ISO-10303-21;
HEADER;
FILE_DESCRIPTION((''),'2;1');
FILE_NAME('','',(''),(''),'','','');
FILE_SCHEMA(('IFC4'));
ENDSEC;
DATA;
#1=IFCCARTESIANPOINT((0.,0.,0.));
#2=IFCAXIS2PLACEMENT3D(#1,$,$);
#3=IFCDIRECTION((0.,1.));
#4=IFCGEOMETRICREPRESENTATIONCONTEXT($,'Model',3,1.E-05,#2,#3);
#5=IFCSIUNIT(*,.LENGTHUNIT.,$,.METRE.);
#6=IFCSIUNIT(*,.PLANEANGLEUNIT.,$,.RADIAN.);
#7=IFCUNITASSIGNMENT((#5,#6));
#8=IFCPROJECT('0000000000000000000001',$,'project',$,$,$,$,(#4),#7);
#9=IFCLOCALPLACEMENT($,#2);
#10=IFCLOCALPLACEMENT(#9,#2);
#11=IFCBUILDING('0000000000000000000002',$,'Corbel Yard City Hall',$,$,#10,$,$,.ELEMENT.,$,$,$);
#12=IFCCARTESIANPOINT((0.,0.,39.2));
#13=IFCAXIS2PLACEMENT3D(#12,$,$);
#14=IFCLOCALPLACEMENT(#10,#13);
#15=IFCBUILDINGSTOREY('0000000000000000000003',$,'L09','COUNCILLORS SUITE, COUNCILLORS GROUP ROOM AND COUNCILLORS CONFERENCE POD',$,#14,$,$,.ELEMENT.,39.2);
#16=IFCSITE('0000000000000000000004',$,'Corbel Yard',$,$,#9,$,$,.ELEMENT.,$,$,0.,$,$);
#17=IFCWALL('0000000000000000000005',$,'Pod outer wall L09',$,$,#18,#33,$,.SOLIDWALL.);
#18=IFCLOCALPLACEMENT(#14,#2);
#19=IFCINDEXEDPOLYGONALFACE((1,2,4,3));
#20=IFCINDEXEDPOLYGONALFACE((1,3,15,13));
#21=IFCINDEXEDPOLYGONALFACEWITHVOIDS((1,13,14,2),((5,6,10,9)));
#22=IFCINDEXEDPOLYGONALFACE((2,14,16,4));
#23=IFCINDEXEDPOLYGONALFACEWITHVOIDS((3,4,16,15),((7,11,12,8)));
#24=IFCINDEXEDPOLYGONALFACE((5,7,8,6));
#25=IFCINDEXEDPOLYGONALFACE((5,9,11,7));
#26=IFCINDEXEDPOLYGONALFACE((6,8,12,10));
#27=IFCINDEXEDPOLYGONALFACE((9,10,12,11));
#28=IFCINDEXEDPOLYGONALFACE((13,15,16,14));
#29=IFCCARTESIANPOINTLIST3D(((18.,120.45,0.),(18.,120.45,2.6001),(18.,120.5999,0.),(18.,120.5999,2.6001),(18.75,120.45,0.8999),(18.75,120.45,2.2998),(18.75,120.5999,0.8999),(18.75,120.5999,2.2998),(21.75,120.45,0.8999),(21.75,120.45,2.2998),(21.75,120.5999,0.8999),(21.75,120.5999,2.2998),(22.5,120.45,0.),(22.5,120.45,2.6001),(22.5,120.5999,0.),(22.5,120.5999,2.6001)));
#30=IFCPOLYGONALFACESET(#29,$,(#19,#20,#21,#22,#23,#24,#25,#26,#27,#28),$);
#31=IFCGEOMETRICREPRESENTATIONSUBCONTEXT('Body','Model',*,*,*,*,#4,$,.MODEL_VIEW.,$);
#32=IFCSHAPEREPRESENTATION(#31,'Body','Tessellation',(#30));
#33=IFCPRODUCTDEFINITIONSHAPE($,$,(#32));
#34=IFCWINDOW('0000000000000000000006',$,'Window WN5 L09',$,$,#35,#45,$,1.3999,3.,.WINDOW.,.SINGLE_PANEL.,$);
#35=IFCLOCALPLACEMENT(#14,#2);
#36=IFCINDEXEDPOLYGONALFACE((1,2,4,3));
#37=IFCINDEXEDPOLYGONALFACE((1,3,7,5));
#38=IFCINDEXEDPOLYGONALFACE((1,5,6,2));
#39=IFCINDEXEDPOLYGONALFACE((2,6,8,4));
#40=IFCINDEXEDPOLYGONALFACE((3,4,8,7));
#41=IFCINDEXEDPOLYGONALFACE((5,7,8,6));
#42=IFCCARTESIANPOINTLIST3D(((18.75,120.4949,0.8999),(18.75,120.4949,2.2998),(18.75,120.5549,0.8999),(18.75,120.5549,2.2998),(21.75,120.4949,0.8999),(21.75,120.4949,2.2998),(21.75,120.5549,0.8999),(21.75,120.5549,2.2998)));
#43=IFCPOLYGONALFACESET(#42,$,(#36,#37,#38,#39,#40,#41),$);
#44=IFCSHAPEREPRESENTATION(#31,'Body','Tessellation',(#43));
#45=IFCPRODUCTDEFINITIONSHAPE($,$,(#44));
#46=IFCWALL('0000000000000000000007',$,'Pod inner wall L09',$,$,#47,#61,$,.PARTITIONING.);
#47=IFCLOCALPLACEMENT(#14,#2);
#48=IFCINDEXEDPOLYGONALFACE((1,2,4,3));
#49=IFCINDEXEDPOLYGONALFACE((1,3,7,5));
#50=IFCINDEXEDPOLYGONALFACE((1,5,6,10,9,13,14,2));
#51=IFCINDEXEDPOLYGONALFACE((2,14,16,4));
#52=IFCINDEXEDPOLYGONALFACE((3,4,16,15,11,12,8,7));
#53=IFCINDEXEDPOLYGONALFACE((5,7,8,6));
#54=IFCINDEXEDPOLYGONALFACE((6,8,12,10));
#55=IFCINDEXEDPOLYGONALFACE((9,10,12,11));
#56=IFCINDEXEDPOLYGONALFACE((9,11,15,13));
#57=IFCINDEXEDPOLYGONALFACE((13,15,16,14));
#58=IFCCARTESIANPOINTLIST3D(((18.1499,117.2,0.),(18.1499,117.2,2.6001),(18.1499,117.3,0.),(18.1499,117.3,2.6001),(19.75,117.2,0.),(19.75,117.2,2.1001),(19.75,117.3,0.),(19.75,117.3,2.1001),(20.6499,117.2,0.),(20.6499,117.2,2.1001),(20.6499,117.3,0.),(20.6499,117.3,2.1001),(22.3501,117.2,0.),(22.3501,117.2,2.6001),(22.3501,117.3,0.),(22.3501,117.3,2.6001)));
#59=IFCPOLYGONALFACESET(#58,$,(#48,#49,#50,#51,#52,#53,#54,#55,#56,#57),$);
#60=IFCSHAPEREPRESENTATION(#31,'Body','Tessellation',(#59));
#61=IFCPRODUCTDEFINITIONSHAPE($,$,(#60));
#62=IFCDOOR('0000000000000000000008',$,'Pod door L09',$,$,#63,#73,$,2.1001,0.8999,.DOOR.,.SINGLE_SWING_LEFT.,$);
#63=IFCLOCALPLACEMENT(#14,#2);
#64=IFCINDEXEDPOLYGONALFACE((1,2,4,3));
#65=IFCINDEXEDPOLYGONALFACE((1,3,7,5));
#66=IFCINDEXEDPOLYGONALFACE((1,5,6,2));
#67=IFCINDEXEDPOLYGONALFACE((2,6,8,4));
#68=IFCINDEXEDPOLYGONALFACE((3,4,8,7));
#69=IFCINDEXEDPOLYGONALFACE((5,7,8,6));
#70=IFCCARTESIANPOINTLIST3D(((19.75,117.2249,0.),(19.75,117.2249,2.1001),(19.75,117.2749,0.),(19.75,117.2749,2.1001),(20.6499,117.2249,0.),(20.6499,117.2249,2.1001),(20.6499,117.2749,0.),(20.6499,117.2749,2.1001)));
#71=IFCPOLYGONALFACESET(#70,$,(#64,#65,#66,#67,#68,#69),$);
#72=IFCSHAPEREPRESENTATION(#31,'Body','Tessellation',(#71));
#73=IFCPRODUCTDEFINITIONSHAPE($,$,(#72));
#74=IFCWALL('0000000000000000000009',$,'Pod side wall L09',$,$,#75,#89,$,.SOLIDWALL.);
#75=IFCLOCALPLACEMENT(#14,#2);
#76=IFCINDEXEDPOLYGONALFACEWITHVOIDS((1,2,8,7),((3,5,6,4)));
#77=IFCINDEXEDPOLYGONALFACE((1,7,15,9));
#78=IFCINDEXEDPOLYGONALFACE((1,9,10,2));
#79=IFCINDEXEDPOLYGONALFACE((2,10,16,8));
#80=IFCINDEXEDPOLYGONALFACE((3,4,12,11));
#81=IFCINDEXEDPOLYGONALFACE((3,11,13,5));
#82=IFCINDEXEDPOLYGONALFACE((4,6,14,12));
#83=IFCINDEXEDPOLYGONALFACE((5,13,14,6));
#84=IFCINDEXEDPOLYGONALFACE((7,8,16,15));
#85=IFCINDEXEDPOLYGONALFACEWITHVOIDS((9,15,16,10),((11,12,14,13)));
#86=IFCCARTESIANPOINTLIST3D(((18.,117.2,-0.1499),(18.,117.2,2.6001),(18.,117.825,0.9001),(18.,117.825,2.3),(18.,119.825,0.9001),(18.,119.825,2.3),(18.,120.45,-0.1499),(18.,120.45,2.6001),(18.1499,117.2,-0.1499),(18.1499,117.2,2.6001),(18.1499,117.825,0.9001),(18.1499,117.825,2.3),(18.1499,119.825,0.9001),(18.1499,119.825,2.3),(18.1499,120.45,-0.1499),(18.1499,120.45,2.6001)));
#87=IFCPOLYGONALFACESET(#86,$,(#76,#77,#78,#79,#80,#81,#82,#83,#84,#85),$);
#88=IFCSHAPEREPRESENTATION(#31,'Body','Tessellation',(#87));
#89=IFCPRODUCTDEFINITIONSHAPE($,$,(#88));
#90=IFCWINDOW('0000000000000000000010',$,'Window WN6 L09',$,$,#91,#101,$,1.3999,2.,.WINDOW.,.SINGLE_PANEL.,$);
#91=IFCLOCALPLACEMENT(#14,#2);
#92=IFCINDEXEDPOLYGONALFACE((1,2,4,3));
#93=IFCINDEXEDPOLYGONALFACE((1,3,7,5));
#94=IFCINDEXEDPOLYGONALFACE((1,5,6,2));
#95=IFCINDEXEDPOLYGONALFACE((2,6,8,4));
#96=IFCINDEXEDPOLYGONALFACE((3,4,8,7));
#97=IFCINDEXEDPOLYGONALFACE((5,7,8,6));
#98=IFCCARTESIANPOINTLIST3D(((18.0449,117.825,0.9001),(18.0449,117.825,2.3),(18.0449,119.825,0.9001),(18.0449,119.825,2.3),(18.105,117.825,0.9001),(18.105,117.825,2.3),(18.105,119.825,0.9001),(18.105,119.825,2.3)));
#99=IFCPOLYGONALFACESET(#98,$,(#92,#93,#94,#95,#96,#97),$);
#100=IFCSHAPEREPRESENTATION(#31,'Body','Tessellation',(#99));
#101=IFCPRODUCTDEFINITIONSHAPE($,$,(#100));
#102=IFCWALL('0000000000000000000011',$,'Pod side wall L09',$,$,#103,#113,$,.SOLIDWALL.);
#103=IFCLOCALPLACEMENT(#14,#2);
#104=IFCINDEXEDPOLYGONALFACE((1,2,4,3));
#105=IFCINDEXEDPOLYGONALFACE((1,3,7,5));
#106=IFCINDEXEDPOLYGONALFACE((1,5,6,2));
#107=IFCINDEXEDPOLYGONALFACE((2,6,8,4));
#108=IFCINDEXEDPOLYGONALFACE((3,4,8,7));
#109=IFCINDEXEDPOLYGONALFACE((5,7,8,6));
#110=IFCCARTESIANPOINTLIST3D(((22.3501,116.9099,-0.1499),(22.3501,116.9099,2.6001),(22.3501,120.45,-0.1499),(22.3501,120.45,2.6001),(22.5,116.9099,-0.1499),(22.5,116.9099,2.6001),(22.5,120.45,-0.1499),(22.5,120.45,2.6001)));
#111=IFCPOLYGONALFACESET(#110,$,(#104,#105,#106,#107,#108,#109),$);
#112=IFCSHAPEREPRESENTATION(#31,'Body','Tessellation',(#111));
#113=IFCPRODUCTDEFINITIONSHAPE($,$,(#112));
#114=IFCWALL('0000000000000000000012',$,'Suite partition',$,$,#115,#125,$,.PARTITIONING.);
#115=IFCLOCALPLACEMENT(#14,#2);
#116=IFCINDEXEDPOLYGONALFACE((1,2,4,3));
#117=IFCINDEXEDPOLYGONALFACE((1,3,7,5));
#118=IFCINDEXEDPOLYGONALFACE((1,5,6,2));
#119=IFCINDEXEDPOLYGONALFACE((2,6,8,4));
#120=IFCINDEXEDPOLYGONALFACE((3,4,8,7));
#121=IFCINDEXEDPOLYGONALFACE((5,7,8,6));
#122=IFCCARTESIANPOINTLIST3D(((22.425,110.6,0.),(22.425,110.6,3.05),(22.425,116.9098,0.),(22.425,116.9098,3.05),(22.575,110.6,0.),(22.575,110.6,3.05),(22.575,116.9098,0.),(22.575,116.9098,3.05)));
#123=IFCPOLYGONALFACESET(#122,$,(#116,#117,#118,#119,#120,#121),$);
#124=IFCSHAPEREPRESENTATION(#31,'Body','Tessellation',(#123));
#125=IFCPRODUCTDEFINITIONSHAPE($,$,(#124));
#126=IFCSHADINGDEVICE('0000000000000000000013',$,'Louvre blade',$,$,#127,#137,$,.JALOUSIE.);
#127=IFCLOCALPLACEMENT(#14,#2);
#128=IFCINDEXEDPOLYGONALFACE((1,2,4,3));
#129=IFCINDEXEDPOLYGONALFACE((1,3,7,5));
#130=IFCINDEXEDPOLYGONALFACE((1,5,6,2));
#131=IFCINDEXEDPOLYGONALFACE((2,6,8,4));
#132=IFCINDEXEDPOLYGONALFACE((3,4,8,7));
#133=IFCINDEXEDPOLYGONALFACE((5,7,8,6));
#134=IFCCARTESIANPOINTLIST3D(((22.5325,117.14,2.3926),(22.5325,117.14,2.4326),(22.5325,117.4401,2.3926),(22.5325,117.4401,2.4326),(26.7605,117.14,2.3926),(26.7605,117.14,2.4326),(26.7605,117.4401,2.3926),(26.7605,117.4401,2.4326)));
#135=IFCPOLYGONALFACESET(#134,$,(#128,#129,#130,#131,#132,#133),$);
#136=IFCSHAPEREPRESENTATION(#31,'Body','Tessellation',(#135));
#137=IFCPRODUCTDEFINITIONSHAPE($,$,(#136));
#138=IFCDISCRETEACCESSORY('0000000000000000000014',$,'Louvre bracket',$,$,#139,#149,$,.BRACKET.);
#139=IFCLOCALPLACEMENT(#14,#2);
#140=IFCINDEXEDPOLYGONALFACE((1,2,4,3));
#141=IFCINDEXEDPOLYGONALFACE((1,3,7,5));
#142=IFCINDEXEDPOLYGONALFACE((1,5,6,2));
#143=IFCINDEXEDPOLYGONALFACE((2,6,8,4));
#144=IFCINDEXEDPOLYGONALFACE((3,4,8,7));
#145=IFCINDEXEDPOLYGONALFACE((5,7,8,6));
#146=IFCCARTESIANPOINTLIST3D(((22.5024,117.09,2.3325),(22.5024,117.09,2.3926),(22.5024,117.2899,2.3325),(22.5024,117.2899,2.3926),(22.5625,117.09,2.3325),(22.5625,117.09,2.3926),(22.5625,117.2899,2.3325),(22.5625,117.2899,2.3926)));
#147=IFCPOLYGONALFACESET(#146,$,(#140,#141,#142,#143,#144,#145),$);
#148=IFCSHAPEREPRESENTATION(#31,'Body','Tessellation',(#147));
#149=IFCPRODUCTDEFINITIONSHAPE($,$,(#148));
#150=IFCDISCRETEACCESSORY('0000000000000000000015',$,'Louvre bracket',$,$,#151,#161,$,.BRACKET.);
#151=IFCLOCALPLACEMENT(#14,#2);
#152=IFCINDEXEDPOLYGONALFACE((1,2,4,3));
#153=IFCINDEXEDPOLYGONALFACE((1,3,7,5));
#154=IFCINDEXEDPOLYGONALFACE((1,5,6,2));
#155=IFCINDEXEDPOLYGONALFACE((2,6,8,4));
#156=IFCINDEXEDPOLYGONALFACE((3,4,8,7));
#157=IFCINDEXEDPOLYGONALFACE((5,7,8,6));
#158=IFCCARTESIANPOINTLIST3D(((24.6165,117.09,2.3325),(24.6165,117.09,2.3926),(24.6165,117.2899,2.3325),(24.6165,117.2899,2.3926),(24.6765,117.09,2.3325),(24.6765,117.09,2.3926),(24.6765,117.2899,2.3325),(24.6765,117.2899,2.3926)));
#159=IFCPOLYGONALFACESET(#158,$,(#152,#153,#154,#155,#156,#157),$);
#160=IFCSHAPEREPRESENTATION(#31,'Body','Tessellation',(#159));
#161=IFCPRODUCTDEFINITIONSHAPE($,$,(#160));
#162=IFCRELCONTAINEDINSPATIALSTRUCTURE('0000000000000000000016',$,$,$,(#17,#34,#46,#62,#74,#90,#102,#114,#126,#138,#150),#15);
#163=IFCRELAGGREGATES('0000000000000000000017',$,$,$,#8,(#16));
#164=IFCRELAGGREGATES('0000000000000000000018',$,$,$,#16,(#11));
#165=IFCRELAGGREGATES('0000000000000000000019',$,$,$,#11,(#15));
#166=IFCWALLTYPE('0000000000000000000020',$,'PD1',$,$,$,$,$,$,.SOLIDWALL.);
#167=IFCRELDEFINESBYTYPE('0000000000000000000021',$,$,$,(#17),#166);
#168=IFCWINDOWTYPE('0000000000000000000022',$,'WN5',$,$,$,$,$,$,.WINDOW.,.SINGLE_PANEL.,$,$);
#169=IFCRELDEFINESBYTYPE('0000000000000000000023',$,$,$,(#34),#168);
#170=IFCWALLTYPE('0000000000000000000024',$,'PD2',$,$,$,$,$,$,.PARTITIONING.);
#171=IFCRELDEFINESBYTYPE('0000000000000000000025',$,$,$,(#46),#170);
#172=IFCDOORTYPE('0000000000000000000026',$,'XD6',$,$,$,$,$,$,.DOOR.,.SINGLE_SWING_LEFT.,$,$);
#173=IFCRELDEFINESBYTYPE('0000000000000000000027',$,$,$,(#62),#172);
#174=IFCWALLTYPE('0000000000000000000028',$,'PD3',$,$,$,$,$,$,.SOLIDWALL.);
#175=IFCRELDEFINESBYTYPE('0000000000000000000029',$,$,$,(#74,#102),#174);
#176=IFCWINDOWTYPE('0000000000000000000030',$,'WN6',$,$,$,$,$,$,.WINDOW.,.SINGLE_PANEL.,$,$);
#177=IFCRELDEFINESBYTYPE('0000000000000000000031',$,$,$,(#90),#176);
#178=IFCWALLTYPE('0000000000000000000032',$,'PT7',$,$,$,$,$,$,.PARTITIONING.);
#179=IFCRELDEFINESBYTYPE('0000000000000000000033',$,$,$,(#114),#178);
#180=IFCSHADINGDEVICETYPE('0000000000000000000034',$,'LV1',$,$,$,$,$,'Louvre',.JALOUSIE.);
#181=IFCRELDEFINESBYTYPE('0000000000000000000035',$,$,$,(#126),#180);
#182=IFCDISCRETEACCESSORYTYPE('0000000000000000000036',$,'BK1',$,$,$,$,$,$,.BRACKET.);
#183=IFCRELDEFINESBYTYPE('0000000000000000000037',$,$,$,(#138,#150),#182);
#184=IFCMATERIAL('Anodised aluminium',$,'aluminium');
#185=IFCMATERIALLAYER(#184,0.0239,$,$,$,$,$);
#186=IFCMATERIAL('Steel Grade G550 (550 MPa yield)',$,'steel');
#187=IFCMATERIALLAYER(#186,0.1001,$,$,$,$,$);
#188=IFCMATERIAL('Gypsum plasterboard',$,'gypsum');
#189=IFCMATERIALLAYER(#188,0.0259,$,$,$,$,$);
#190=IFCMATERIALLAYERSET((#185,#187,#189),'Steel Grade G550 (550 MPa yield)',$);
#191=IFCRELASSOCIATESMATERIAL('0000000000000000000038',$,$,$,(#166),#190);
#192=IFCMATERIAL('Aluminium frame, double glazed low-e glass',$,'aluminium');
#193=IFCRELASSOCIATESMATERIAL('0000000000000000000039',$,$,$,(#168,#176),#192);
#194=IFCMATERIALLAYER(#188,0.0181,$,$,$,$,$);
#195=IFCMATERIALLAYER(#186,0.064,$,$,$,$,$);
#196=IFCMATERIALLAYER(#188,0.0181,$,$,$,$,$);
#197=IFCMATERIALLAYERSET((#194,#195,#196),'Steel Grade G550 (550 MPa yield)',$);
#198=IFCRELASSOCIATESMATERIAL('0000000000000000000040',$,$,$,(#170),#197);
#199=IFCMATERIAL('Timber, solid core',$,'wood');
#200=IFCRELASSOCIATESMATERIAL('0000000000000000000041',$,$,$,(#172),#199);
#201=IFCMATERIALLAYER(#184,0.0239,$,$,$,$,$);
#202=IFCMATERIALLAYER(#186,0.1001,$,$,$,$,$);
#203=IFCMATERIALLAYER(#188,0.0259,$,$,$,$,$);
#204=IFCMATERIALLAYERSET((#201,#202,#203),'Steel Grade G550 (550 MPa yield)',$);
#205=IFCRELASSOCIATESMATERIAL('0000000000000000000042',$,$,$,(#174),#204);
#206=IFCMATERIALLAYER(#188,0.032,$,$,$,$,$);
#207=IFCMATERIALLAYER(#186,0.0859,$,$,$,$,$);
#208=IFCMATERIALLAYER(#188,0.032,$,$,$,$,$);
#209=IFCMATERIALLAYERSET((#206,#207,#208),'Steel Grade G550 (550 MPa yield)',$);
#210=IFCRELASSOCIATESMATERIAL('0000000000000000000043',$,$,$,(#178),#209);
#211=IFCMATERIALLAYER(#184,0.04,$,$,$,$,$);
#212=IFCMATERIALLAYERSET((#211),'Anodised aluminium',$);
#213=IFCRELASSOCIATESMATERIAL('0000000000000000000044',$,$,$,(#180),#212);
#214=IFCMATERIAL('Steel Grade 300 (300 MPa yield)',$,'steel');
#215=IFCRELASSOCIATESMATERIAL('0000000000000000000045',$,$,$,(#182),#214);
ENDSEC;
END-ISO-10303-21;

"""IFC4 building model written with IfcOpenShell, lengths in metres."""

from ifc_helpers import new_model, si_unit, direction, frame, frame_2d, origin, origin_2d, place, context, subcontext, project, spatial, rectangle, extrude, material, layer, layer_set, type_object, element, fill, save


model = new_model("IFC4")

# Units and contexts
model_context = context("Model", 3, precision=1e-05, world=origin(), true_north=direction((0.0, 1.0)))
body_context = subcontext(model_context, "Body", "Model", "MODEL_VIEW")
ifc_project = project(units=[si_unit("LENGTHUNIT", "METRE"), si_unit("PLANEANGLEUNIT", "RADIAN")], contexts=[model_context])

# Site, building, storey
site_placement = place(None, origin())
site = spatial("IfcSite", under=ifc_project, at=site_placement, Name="Corbel Yard", CompositionType="ELEMENT", RefElevation=0.0)
building_placement = place(site_placement, origin())
building = spatial("IfcBuilding", under=site, at=building_placement, Name="Corbel Yard City Hall", CompositionType="ELEMENT")
storey_placement = place(building_placement, frame((0.0, 0.0, 39.2)))
storey = spatial("IfcBuildingStorey", under=building, at=storey_placement, Name="L09", Description="COUNCILLORS SUITE, COUNCILLORS GROUP ROOM AND COUNCILLORS CONFERENCE POD", CompositionType="ELEMENT", Elevation=39.2)

# Shared definitions
ifc_material_1 = material(Name="Steel Grade 300 (300 MPa yield)", Category="steel")

# Wall, opening, window
ifc_material_2 = material(Name="Anodised aluminium", Category="aluminium")
ifc_layer_1 = layer(ifc_material_2, 0.0239)
ifc_material_3 = material(Name="Steel Grade G550 (550 MPa yield)", Category="steel")
ifc_layer_2 = layer(ifc_material_3, 0.1001)
ifc_material_4 = material(Name="Gypsum plasterboard", Category="gypsum")
ifc_layer_3 = layer(ifc_material_4, 0.0259)
ifc_layer_set_1 = layer_set([ifc_layer_1, ifc_layer_2, ifc_layer_3], Name="Steel Grade G550 (550 MPa yield)")
wall_type_1 = type_object("IfcWallType", Name="PD1", PredefinedType="SOLIDWALL", material=ifc_layer_set_1)
wall_1_placement = place(storey_placement, frame((18.0, 120.5249, 0.0), z_axis=(0.0, 0.0, 1.0), x_axis=(1.0, 0.0, 0.0)))
wall_1 = element("IfcWall", 1, at=wall_1_placement, inside=storey, type_object=wall_type_1, Name="Pod outer wall L09", PredefinedType="SOLIDWALL", context=body_context, shape_type="SweptSolid", body=[
    extrude(rectangle(XDim=4.5, YDim=0.1499, at=frame_2d((2.25, 0.0))), origin(), (0.0, 0.0, 1.0), 2.6001),
])
opening_1_placement = place(wall_1_placement, frame((0.75, 0.0, 0.8999)))
opening_1 = element("IfcOpeningElement", 2, at=opening_1_placement, cuts=wall_1, PredefinedType="OPENING", context=body_context, shape_type="SweptSolid", body=[
    extrude(rectangle(XDim=3.0, YDim=1.3999, at=frame_2d((1.5, 0.7))), frame((0.0, 0.085, 0.0), z_axis=(0.0, -1.0, 0.0), x_axis=(1.0, 0.0, 0.0)), (0.0, 0.0, 1.0), 0.1699),
])
ifc_material_5 = material(Name="Aluminium frame, double glazed low-e glass", Category="aluminium")
window_type_1 = type_object("IfcWindowType", Name="WN5", PartitioningType="SINGLE_PANEL", PredefinedType="WINDOW", material=ifc_material_5)
window_1_placement = place(opening_1_placement, origin())
window_1 = element("IfcWindow", 3, at=window_1_placement, inside=storey, type_object=window_type_1, Name="Window WN5 L09", OverallHeight=1.3999, OverallWidth=3.0, PartitioningType="SINGLE_PANEL", PredefinedType="WINDOW", context=body_context, shape_type="SweptSolid", body=[
    extrude(rectangle(XDim=3.0, YDim=1.3999, at=frame_2d((1.5, 0.7))), frame((0.0, 0.03, 0.0), z_axis=(0.0, -1.0, 0.0), x_axis=(1.0, 0.0, 0.0)), (0.0, 0.0, 1.0), 0.0601),
])
fill(opening_1, window_1)

# Wall, opening, door
ifc_layer_4 = layer(ifc_material_4, 0.0181)
ifc_layer_5 = layer(ifc_material_3, 0.064)
ifc_layer_6 = layer(ifc_material_4, 0.0181)
ifc_layer_set_2 = layer_set([ifc_layer_4, ifc_layer_5, ifc_layer_6], Name="Steel Grade G550 (550 MPa yield)")
wall_type_2 = type_object("IfcWallType", Name="PD2", PredefinedType="PARTITIONING", material=ifc_layer_set_2)
wall_2_placement = place(storey_placement, frame((18.1499, 117.25, 0.0), z_axis=(0.0, 0.0, 1.0), x_axis=(1.0, 0.0, 0.0)))
wall_2 = element("IfcWall", 4, at=wall_2_placement, inside=storey, type_object=wall_type_2, Name="Pod inner wall L09", PredefinedType="PARTITIONING", context=body_context, shape_type="SweptSolid", body=[
    extrude(rectangle(XDim=4.2002, YDim=0.1001, at=frame_2d((2.1001, 0.0))), origin(), (0.0, 0.0, 1.0), 2.6001),
])
opening_2_placement = place(wall_2_placement, frame((1.6001, 0.0, 0.0)))
opening_2 = element("IfcOpeningElement", 5, at=opening_2_placement, cuts=wall_2, PredefinedType="OPENING", context=body_context, shape_type="SweptSolid", body=[
    extrude(rectangle(XDim=0.8999, YDim=2.1001, at=frame_2d((0.45, 1.05))), frame((0.0, 0.0601, 0.0), z_axis=(0.0, -1.0, 0.0), x_axis=(1.0, 0.0, 0.0)), (0.0, 0.0, 1.0), 0.1201),
])
ifc_material_6 = material(Name="Timber, solid core", Category="wood")
door_type = type_object("IfcDoorType", Name="XD6", OperationType="SINGLE_SWING_LEFT", PredefinedType="DOOR", material=ifc_material_6)
door_placement = place(opening_2_placement, origin())
door = element("IfcDoor", 6, at=door_placement, inside=storey, type_object=door_type, Name="Pod door L09", OperationType="SINGLE_SWING_LEFT", OverallHeight=2.1001, OverallWidth=0.8999, PredefinedType="DOOR", context=body_context, shape_type="SweptSolid", body=[
    extrude(rectangle(XDim=0.8999, YDim=2.1001, at=frame_2d((0.45, 1.05))), frame((0.0, 0.0249, 0.0), z_axis=(0.0, -1.0, 0.0), x_axis=(1.0, 0.0, 0.0)), (0.0, 0.0, 1.0), 0.05),
])
fill(opening_2, door)

# Wall, opening, window
ifc_layer_7 = layer(ifc_material_2, 0.0239)
ifc_layer_8 = layer(ifc_material_3, 0.1001)
ifc_layer_9 = layer(ifc_material_4, 0.0259)
ifc_layer_set_3 = layer_set([ifc_layer_7, ifc_layer_8, ifc_layer_9], Name="Steel Grade G550 (550 MPa yield)")
wall_type_3 = type_object("IfcWallType", Name="PD3", PredefinedType="SOLIDWALL", material=ifc_layer_set_3)
wall_3_placement = place(storey_placement, frame((18.075, 120.45, -0.1499), z_axis=(0.0, 0.0, 1.0), x_axis=(0.0, -1.0, 0.0)))
wall_3 = element("IfcWall", 7, at=wall_3_placement, inside=storey, type_object=wall_type_3, Name="Pod side wall L09", PredefinedType="SOLIDWALL", context=body_context, shape_type="SweptSolid", body=[
    extrude(rectangle(XDim=3.25, YDim=0.1499, at=frame_2d((1.625, 0.0))), origin(), (0.0, 0.0, 1.0), 2.75),
])
opening_3_placement = place(wall_3_placement, frame((0.625, 0.0, 1.05)))
opening_3 = element("IfcOpeningElement", 8, at=opening_3_placement, cuts=wall_3, PredefinedType="OPENING", context=body_context, shape_type="SweptSolid", body=[
    extrude(rectangle(XDim=2.0, YDim=1.3999, at=frame_2d((1.0, 0.7))), frame((0.0, 0.085, 0.0), z_axis=(0.0, -1.0, 0.0), x_axis=(1.0, 0.0, 0.0)), (0.0, 0.0, 1.0), 0.1699),
])
window_type_2 = type_object("IfcWindowType", Name="WN6", PartitioningType="SINGLE_PANEL", PredefinedType="WINDOW", material=ifc_material_5)
window_2_placement = place(opening_3_placement, origin())
window_2 = element("IfcWindow", 9, at=window_2_placement, inside=storey, type_object=window_type_2, Name="Window WN6 L09", OverallHeight=1.3999, OverallWidth=2.0, PartitioningType="SINGLE_PANEL", PredefinedType="WINDOW", context=body_context, shape_type="SweptSolid", body=[
    extrude(rectangle(XDim=2.0, YDim=1.3999, at=frame_2d((1.0, 0.7))), frame((0.0, 0.03, 0.0), z_axis=(0.0, -1.0, 0.0), x_axis=(1.0, 0.0, 0.0)), (0.0, 0.0, 1.0), 0.0601),
])
fill(opening_3, window_2)

# Walls
wall_4_placement = place(storey_placement, frame((22.425, 120.45, -0.1499), z_axis=(0.0, 0.0, 1.0), x_axis=(0.0, -1.0, 0.0)))
element("IfcWall", 10, at=wall_4_placement, inside=storey, type_object=wall_type_3, Name="Pod side wall L09", PredefinedType="SOLIDWALL", context=body_context, shape_type="SweptSolid", body=[
    extrude(rectangle(XDim=3.54, YDim=0.1499, at=frame_2d((1.77, 0.0))), origin(), (0.0, 0.0, 1.0), 2.75),
])
ifc_layer_10 = layer(ifc_material_4, 0.032)
ifc_layer_11 = layer(ifc_material_3, 0.0859)
ifc_layer_12 = layer(ifc_material_4, 0.032)
ifc_layer_set_4 = layer_set([ifc_layer_10, ifc_layer_11, ifc_layer_12], Name="Steel Grade G550 (550 MPa yield)")
wall_type_4 = type_object("IfcWallType", Name="PT7", PredefinedType="PARTITIONING", material=ifc_layer_set_4)
wall_5_placement = place(storey_placement, frame((22.5, 110.6001, 0.0), z_axis=(0.0, 0.0, 1.0), x_axis=(0.0, 1.0, 0.0)))
element("IfcWall", 11, at=wall_5_placement, inside=storey, type_object=wall_type_4, Name="Suite partition", PredefinedType="PARTITIONING", context=body_context, shape_type="SweptSolid", body=[
    extrude(rectangle(XDim=6.3098, YDim=0.1499, at=frame_2d((3.1548, 0.0))), origin(), (0.0, 0.0, 1.0), 3.05),
])

# Shading device
ifc_layer_13 = layer(ifc_material_2, 0.04)
ifc_layer_set_5 = layer_set([ifc_layer_13], Name="Anodised aluminium")
shading_device_type = type_object("IfcShadingDeviceType", Name="LV1", ElementType="Louvre", PredefinedType="JALOUSIE", material=ifc_layer_set_5)
shading_device_placement = place(storey_placement, frame((24.6465, 117.29, 2.3926), z_axis=(0.0, 0.0, 1.0), x_axis=(1.0, 0.0, 0.0)))
element("IfcShadingDevice", 12, at=shading_device_placement, inside=storey, type_object=shading_device_type, Name="Louvre blade", PredefinedType="JALOUSIE", context=body_context, shape_type="SweptSolid", body=[
    extrude(rectangle(XDim=4.228, YDim=0.3, at=origin_2d()), origin(), (0.0, 0.0, 1.0), 0.04),
])

# Discrete accessories
discrete_accessory_type = type_object("IfcDiscreteAccessoryType", Name="BK1", PredefinedType="BRACKET", material=ifc_material_1)
for number, where, z_axis, x_axis, name in (
    (13, (22.5325, 117.1899, 2.3325), (0.0, 0.0, 1.0), (1.0, 0.0, 0.0), "Louvre bracket"),
    (14, (24.6465, 117.1899, 2.3325), (0.0, 0.0, 1.0), (1.0, 0.0, 0.0), "Louvre bracket"),
):
    element("IfcDiscreteAccessory", number, at=place(storey_placement, frame(where, z_axis=z_axis, x_axis=x_axis)), inside=storey, type_object=discrete_accessory_type, Name=name, PredefinedType="BRACKET", context=body_context, shape_type="SweptSolid", body=[
        extrude(rectangle(XDim=0.0601, YDim=0.2, at=origin_2d()), origin(), (0.0, 0.0, 1.0), 0.0601),
    ])

save(model, "model.ifc")
